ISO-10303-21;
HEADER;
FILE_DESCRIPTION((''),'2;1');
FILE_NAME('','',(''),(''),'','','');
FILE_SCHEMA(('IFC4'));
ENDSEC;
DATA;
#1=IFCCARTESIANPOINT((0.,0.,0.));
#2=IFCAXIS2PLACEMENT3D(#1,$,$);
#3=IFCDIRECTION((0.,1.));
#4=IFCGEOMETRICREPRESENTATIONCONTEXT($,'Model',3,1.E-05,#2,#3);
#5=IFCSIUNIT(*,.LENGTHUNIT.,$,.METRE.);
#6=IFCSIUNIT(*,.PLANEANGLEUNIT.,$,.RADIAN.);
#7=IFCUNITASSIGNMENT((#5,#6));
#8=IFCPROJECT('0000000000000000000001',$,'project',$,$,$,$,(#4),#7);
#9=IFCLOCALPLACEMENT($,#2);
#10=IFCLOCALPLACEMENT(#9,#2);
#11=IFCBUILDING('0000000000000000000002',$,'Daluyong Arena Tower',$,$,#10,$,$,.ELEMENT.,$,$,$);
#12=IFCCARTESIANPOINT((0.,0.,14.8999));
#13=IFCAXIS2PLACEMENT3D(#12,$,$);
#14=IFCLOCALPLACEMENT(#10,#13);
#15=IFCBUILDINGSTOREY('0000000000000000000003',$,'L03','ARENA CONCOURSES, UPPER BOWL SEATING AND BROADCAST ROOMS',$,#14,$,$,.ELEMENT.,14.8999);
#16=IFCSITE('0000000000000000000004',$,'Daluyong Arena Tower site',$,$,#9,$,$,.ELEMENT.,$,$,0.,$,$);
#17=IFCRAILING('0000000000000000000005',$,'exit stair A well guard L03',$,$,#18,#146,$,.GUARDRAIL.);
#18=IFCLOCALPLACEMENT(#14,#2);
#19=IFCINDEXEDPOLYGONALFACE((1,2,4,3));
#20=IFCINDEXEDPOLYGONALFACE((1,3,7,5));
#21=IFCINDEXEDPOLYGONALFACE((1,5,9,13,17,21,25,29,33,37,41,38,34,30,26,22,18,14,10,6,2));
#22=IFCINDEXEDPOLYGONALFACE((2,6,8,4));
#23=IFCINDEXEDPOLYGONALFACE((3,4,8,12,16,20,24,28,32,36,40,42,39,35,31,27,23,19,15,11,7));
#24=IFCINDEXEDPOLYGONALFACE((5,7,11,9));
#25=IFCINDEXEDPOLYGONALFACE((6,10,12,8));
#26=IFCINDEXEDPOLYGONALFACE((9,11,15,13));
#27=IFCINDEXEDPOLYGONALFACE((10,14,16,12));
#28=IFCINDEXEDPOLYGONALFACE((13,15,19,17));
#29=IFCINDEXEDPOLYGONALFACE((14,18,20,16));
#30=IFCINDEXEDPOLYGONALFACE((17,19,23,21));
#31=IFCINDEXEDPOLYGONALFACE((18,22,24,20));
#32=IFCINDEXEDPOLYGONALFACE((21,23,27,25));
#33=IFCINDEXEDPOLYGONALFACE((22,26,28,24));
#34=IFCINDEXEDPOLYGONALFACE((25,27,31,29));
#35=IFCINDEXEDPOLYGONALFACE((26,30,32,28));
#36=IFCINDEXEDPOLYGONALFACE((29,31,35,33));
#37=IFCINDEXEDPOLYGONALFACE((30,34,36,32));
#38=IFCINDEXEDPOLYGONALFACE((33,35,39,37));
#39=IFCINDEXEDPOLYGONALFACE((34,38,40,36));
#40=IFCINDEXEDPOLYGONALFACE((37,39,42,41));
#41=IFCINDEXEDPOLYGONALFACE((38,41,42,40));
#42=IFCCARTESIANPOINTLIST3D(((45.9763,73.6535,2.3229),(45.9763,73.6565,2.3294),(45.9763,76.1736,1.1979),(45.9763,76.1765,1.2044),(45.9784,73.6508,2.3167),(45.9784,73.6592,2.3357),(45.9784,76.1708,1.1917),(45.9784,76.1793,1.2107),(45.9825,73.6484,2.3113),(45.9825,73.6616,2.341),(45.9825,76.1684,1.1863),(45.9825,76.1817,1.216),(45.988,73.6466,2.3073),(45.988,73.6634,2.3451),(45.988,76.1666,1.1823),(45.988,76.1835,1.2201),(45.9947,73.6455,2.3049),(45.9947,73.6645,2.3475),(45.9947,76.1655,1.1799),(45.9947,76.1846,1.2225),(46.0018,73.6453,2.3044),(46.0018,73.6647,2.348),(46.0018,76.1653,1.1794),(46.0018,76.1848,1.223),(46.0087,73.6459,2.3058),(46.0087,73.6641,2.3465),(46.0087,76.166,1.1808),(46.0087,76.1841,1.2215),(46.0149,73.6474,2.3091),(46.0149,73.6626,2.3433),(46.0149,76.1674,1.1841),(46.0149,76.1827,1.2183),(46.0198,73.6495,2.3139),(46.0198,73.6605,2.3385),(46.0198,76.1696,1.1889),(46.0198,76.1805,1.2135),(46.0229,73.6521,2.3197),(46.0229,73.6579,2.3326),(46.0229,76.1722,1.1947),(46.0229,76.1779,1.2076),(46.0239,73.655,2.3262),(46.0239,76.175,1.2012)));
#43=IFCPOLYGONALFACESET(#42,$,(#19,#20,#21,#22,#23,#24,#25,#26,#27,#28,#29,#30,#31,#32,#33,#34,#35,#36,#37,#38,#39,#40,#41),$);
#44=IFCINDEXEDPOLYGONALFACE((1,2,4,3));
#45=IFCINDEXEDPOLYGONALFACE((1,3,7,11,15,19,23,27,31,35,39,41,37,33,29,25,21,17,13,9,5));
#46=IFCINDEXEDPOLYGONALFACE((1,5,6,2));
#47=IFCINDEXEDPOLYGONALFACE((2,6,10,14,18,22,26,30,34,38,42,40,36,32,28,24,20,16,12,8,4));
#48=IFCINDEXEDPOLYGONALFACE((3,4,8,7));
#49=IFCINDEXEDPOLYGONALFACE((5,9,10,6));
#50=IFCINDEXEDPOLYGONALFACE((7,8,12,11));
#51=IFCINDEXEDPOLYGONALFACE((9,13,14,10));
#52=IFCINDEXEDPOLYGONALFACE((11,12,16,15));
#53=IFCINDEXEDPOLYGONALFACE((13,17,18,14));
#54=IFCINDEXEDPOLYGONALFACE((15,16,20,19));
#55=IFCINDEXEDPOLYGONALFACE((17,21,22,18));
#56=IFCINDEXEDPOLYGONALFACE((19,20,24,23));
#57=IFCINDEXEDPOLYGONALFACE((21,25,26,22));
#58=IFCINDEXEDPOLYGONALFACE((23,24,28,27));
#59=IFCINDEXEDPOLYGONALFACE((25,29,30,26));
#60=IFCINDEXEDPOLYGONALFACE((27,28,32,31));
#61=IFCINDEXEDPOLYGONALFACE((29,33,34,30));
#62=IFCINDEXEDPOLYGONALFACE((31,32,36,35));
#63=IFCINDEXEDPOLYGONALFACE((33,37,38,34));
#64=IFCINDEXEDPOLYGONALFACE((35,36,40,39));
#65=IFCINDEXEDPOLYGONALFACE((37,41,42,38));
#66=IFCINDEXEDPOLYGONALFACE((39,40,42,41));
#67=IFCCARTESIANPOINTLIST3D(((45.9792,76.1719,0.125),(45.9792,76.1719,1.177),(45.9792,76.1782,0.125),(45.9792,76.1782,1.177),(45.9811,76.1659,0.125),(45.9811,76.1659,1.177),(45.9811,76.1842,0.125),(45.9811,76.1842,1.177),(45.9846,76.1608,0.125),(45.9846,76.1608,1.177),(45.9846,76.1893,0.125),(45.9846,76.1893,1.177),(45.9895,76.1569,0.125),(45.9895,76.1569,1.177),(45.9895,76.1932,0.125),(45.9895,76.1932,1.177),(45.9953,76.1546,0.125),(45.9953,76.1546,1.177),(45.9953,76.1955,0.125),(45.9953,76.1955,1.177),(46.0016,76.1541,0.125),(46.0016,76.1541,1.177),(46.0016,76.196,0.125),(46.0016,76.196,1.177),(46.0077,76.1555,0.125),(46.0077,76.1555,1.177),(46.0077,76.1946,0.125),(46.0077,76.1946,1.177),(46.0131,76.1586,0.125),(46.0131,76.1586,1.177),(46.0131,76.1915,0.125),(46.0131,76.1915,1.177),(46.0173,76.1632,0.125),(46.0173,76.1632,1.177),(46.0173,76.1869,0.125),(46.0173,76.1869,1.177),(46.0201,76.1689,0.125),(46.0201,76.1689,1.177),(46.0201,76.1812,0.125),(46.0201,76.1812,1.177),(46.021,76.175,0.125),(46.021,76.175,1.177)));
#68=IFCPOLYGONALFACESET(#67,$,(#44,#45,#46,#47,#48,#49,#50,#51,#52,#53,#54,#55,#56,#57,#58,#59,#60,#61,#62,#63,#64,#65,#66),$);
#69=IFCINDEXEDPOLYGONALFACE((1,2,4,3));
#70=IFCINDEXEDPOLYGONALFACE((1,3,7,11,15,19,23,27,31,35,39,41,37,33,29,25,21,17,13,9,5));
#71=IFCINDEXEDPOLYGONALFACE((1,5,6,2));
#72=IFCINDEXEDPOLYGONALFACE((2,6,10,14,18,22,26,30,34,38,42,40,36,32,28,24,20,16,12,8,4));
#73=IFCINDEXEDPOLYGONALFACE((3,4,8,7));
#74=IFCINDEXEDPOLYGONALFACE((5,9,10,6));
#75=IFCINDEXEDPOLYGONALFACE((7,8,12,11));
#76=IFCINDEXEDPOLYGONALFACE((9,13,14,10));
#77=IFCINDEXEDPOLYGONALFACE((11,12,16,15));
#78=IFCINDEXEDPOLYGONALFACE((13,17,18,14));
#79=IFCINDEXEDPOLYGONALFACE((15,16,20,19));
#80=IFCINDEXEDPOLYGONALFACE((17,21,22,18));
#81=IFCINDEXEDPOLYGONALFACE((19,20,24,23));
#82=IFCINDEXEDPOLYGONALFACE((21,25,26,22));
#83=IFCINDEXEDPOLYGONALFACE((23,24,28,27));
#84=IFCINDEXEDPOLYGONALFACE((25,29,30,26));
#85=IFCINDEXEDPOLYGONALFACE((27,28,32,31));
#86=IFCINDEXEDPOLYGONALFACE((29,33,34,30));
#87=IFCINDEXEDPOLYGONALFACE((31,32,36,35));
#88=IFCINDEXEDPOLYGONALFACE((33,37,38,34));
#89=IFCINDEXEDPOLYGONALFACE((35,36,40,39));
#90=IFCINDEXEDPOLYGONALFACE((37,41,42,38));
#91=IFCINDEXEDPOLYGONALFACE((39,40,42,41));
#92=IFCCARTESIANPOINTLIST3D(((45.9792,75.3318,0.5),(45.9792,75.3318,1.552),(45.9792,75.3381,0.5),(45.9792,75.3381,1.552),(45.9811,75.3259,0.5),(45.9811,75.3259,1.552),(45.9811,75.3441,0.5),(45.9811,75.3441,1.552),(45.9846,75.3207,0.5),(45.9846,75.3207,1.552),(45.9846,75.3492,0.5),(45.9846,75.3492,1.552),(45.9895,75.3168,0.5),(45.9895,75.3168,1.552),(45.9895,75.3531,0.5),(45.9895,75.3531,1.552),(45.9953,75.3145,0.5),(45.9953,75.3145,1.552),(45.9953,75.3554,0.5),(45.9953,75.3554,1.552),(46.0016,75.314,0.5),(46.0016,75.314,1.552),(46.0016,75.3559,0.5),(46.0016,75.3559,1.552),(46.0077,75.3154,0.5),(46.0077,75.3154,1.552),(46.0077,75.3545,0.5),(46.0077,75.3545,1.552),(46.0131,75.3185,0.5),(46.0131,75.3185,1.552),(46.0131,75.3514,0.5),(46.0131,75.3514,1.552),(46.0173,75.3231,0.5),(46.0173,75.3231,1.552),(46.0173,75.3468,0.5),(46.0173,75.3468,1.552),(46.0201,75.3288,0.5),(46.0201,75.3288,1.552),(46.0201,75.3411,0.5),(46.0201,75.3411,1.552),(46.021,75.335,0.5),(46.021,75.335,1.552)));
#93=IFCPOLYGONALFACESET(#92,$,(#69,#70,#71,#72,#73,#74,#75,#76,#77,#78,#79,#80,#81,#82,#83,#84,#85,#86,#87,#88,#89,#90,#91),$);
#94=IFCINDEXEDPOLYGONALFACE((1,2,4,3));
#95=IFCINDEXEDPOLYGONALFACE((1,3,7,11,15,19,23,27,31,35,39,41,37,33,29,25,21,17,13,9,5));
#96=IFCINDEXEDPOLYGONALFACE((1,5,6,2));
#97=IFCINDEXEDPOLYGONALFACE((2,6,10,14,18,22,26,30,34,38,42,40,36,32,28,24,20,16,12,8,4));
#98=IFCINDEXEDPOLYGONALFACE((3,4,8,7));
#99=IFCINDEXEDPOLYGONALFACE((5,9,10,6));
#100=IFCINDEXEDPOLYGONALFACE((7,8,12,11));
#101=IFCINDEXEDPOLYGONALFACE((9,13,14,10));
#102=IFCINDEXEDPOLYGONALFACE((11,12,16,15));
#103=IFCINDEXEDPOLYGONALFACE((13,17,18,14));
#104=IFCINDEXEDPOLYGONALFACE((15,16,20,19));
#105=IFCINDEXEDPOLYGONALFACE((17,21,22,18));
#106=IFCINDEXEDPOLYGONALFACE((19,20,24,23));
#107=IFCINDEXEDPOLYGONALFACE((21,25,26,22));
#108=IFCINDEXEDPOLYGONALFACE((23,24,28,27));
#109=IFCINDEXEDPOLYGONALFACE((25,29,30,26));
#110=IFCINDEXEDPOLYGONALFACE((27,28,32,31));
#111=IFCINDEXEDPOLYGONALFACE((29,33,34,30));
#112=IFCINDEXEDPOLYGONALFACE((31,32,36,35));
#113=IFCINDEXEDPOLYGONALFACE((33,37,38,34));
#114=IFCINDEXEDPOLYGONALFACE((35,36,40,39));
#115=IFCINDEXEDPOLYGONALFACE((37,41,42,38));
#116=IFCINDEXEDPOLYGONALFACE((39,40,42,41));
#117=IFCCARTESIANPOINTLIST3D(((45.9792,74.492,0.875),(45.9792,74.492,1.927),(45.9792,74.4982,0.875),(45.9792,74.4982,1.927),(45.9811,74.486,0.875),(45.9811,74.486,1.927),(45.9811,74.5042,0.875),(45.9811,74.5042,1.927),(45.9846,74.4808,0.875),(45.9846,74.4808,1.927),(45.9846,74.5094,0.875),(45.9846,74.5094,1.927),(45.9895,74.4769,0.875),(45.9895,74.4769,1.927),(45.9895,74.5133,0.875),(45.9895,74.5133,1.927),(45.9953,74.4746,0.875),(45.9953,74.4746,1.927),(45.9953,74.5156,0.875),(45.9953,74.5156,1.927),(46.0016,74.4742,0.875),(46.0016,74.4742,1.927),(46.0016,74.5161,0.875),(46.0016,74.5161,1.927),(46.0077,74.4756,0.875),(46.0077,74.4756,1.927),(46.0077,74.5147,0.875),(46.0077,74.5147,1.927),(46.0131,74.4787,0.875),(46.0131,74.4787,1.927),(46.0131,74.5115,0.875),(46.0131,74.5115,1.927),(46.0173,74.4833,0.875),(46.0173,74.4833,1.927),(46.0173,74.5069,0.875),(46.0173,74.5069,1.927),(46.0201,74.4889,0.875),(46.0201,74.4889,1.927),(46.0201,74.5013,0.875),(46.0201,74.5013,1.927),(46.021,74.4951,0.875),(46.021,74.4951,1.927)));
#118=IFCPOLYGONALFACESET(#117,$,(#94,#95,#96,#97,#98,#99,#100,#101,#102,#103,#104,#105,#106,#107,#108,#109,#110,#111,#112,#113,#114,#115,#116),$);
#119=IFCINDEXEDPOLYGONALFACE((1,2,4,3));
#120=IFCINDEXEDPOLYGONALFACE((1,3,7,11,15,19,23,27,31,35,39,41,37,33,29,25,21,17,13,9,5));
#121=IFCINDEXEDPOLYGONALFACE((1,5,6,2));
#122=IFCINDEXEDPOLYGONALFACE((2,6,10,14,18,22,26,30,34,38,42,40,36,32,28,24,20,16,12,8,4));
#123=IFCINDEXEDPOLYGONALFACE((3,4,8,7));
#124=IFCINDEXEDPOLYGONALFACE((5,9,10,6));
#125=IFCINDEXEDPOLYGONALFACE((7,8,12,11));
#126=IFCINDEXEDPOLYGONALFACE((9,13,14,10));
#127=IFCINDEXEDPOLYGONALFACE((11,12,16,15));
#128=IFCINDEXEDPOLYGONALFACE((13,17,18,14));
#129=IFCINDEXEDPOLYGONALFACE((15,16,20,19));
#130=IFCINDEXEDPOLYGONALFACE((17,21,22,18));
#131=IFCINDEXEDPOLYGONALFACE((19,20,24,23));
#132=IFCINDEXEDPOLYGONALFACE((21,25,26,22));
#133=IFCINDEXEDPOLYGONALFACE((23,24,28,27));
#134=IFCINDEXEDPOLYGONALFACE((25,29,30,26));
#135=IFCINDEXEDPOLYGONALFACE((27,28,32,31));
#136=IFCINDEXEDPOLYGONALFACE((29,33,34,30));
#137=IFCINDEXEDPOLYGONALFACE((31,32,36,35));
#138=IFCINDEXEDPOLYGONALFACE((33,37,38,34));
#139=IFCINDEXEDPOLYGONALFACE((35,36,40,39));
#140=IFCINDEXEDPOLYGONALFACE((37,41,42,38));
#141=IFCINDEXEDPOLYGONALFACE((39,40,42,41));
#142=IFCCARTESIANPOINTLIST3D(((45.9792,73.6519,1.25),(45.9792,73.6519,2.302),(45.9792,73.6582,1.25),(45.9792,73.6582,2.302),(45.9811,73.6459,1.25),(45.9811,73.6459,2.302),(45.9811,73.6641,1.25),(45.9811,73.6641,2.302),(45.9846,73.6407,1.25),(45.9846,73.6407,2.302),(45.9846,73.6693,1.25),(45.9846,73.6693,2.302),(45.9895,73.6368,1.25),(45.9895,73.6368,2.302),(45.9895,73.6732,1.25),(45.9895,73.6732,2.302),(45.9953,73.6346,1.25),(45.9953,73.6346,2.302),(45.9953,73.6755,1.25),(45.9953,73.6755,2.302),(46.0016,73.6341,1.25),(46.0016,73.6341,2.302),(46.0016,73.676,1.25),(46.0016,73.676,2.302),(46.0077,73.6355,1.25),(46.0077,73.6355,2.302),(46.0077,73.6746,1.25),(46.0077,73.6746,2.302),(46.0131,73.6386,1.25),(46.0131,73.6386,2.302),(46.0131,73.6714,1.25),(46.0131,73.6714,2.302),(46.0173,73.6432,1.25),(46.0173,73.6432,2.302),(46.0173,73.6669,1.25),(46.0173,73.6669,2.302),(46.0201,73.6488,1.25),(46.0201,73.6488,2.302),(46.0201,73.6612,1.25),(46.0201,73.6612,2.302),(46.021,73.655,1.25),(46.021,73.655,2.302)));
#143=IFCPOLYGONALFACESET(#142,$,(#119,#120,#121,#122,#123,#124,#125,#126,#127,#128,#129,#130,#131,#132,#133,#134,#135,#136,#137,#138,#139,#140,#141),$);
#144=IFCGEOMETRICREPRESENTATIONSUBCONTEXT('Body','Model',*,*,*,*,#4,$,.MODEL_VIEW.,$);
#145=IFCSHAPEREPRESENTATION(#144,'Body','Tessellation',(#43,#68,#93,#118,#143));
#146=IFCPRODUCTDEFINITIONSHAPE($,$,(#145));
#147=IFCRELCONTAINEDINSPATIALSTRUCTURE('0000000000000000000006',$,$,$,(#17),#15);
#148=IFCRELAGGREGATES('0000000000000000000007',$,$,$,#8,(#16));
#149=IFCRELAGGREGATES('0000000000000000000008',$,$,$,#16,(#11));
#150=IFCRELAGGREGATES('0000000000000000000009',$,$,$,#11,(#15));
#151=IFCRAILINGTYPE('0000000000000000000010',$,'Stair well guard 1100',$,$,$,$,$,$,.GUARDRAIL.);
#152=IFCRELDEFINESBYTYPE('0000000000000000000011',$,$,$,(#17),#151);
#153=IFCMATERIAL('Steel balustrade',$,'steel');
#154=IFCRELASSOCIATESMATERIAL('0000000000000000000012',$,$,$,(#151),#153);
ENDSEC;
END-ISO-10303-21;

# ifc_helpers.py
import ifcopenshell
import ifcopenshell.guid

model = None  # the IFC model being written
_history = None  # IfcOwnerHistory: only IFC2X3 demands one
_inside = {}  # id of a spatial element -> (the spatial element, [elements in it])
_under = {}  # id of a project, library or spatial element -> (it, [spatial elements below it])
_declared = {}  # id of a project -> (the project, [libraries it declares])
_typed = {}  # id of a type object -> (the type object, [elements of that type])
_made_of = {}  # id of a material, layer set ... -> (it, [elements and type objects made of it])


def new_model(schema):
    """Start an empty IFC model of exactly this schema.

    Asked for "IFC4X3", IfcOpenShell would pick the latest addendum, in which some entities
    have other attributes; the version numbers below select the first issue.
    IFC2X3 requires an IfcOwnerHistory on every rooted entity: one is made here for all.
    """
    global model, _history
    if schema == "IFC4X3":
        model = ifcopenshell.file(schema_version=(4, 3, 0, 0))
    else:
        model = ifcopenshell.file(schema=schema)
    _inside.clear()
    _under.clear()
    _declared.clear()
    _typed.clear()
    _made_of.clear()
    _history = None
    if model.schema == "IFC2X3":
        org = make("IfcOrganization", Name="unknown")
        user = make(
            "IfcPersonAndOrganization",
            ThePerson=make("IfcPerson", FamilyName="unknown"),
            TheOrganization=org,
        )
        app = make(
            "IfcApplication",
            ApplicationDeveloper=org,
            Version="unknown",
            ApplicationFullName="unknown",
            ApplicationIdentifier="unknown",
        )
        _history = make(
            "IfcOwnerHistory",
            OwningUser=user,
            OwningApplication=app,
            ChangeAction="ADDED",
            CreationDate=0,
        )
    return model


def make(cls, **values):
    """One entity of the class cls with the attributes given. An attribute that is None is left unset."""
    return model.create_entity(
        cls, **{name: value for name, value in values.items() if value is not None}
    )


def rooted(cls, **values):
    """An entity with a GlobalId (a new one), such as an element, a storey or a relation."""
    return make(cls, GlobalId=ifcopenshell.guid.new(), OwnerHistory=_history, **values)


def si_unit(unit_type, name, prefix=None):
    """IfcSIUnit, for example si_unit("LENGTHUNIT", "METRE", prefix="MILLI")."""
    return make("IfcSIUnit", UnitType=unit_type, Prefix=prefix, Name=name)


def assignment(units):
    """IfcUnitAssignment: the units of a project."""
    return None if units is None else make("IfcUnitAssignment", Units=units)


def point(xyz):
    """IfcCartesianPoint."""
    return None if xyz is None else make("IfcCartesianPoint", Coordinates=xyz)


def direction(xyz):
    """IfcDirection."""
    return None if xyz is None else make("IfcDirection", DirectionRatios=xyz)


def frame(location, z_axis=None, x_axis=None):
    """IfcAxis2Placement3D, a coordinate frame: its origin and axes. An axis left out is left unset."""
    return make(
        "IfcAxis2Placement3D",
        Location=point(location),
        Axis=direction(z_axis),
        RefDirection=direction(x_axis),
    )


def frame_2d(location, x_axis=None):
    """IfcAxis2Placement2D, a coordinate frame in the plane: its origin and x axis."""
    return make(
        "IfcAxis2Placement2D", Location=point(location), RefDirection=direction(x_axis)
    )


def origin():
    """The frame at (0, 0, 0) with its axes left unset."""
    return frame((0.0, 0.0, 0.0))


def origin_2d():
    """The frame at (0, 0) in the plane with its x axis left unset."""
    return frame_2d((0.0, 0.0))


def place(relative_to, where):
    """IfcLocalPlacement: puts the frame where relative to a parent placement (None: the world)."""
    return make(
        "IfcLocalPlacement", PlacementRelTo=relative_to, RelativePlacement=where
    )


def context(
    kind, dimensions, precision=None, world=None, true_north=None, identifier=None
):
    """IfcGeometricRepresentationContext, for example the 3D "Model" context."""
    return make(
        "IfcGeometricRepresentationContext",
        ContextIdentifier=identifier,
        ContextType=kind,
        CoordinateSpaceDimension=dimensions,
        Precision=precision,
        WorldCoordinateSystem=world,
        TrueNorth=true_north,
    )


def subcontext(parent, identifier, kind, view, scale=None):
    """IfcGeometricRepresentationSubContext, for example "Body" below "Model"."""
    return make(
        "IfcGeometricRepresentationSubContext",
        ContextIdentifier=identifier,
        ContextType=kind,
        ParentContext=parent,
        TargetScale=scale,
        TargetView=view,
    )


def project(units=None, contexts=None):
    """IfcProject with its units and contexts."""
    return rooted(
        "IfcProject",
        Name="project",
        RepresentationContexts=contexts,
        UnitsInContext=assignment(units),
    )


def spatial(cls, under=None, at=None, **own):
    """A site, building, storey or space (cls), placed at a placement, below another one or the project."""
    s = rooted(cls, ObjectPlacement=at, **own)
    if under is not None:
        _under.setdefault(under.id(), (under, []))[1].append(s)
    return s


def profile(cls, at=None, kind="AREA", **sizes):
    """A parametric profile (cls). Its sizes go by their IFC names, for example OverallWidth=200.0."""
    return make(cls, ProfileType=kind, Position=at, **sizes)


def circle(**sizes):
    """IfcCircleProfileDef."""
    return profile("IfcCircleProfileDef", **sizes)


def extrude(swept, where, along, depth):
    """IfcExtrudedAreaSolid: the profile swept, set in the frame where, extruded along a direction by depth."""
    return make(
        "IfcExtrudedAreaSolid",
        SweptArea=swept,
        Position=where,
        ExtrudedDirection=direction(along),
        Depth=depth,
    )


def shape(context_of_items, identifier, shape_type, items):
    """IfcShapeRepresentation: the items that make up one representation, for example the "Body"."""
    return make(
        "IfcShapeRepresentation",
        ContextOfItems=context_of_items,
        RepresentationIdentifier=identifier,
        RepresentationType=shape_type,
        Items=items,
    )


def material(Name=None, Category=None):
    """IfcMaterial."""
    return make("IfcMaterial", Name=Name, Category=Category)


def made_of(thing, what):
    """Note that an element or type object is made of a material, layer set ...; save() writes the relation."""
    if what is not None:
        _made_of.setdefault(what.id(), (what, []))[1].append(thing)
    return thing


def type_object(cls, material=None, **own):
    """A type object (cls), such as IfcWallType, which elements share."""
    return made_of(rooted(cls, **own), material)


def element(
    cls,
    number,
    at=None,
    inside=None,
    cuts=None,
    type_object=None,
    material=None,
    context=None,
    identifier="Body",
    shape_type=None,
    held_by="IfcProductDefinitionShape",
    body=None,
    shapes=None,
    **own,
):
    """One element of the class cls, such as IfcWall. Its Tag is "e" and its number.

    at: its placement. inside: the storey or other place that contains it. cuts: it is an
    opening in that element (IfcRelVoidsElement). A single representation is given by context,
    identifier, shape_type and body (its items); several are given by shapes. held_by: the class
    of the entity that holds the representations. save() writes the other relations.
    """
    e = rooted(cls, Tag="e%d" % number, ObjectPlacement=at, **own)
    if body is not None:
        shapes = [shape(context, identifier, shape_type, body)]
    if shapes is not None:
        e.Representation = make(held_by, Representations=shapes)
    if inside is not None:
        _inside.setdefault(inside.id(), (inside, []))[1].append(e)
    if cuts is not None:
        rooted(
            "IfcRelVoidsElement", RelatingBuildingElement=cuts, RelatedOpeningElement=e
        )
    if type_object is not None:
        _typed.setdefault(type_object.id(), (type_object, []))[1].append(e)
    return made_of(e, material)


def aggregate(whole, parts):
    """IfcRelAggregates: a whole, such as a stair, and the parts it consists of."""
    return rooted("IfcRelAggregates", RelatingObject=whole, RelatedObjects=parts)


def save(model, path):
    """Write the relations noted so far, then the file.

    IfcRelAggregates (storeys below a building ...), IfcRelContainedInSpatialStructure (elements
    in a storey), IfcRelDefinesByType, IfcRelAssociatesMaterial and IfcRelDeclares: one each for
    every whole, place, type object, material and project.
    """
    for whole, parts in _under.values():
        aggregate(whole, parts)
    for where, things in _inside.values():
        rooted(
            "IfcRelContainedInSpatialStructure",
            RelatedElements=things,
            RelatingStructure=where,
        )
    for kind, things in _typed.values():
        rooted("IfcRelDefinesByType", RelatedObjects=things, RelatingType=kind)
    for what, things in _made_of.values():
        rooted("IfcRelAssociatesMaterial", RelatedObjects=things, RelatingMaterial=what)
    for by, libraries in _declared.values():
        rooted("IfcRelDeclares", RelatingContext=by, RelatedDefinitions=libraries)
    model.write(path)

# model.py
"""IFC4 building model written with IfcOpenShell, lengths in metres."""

from ifc_helpers import new_model, si_unit, direction, frame, origin, origin_2d, place, context, subcontext, project, spatial, circle, extrude, material, type_object, element, save


model = new_model("IFC4")

# Units and contexts
model_context = context("Model", 3, precision=1e-05, world=origin(), true_north=direction((0.0, 1.0)))
body_context = subcontext(model_context, "Body", "Model", "MODEL_VIEW")
ifc_project = project(units=[si_unit("LENGTHUNIT", "METRE"), si_unit("PLANEANGLEUNIT", "RADIAN")], contexts=[model_context])

# Site, building, storey
site_placement = place(None, origin())
site = spatial("IfcSite", under=ifc_project, at=site_placement, Name="Daluyong Arena Tower site", CompositionType="ELEMENT", RefElevation=0.0)
building_placement = place(site_placement, origin())
building = spatial("IfcBuilding", under=site, at=building_placement, Name="Daluyong Arena Tower", CompositionType="ELEMENT")
storey_placement = place(building_placement, frame((0.0, 0.0, 14.8999)))
storey = spatial("IfcBuildingStorey", under=building, at=storey_placement, Name="L03", Description="ARENA CONCOURSES, UPPER BOWL SEATING AND BROADCAST ROOMS", CompositionType="ELEMENT", Elevation=14.8999)

# Railing
ifc_material_1 = material(Name="Steel balustrade", Category="steel")
railing_type = type_object("IfcRailingType", Name="Stair well guard 1100", PredefinedType="GUARDRAIL", material=ifc_material_1)
for number, where, name in (
    (1, (46.0, 76.175, 0.125), "exit stair A well guard L03"),
):
    element("IfcRailing", number, at=place(storey_placement, frame(where)), inside=storey, type_object=railing_type, Name=name, PredefinedType="GUARDRAIL", context=body_context, shape_type="SweptSolid", body=[
        extrude(circle(Radius=0.0239, at=origin_2d()), frame((0.0, 0.0, 1.0762), z_axis=(0.0, -0.913139, 0.407648), x_axis=(1.0, 0.0, 0.0)), (0.0, 0.0, 1.0), 2.7598),
        extrude(circle(Radius=0.021, at=origin_2d()), origin(), (0.0, 0.0, 1.0), 1.052),
        extrude(circle(Radius=0.021, at=origin_2d()), frame((0.0, -0.8401, 0.375)), (0.0, 0.0, 1.0), 1.052),
        extrude(circle(Radius=0.021, at=origin_2d()), frame((0.0, -1.6799, 0.75)), (0.0, 0.0, 1.0), 1.052),
        extrude(circle(Radius=0.021, at=origin_2d()), frame((0.0, -2.52, 1.125)), (0.0, 0.0, 1.0), 1.052),
    ])

save(model, "model.ifc")
